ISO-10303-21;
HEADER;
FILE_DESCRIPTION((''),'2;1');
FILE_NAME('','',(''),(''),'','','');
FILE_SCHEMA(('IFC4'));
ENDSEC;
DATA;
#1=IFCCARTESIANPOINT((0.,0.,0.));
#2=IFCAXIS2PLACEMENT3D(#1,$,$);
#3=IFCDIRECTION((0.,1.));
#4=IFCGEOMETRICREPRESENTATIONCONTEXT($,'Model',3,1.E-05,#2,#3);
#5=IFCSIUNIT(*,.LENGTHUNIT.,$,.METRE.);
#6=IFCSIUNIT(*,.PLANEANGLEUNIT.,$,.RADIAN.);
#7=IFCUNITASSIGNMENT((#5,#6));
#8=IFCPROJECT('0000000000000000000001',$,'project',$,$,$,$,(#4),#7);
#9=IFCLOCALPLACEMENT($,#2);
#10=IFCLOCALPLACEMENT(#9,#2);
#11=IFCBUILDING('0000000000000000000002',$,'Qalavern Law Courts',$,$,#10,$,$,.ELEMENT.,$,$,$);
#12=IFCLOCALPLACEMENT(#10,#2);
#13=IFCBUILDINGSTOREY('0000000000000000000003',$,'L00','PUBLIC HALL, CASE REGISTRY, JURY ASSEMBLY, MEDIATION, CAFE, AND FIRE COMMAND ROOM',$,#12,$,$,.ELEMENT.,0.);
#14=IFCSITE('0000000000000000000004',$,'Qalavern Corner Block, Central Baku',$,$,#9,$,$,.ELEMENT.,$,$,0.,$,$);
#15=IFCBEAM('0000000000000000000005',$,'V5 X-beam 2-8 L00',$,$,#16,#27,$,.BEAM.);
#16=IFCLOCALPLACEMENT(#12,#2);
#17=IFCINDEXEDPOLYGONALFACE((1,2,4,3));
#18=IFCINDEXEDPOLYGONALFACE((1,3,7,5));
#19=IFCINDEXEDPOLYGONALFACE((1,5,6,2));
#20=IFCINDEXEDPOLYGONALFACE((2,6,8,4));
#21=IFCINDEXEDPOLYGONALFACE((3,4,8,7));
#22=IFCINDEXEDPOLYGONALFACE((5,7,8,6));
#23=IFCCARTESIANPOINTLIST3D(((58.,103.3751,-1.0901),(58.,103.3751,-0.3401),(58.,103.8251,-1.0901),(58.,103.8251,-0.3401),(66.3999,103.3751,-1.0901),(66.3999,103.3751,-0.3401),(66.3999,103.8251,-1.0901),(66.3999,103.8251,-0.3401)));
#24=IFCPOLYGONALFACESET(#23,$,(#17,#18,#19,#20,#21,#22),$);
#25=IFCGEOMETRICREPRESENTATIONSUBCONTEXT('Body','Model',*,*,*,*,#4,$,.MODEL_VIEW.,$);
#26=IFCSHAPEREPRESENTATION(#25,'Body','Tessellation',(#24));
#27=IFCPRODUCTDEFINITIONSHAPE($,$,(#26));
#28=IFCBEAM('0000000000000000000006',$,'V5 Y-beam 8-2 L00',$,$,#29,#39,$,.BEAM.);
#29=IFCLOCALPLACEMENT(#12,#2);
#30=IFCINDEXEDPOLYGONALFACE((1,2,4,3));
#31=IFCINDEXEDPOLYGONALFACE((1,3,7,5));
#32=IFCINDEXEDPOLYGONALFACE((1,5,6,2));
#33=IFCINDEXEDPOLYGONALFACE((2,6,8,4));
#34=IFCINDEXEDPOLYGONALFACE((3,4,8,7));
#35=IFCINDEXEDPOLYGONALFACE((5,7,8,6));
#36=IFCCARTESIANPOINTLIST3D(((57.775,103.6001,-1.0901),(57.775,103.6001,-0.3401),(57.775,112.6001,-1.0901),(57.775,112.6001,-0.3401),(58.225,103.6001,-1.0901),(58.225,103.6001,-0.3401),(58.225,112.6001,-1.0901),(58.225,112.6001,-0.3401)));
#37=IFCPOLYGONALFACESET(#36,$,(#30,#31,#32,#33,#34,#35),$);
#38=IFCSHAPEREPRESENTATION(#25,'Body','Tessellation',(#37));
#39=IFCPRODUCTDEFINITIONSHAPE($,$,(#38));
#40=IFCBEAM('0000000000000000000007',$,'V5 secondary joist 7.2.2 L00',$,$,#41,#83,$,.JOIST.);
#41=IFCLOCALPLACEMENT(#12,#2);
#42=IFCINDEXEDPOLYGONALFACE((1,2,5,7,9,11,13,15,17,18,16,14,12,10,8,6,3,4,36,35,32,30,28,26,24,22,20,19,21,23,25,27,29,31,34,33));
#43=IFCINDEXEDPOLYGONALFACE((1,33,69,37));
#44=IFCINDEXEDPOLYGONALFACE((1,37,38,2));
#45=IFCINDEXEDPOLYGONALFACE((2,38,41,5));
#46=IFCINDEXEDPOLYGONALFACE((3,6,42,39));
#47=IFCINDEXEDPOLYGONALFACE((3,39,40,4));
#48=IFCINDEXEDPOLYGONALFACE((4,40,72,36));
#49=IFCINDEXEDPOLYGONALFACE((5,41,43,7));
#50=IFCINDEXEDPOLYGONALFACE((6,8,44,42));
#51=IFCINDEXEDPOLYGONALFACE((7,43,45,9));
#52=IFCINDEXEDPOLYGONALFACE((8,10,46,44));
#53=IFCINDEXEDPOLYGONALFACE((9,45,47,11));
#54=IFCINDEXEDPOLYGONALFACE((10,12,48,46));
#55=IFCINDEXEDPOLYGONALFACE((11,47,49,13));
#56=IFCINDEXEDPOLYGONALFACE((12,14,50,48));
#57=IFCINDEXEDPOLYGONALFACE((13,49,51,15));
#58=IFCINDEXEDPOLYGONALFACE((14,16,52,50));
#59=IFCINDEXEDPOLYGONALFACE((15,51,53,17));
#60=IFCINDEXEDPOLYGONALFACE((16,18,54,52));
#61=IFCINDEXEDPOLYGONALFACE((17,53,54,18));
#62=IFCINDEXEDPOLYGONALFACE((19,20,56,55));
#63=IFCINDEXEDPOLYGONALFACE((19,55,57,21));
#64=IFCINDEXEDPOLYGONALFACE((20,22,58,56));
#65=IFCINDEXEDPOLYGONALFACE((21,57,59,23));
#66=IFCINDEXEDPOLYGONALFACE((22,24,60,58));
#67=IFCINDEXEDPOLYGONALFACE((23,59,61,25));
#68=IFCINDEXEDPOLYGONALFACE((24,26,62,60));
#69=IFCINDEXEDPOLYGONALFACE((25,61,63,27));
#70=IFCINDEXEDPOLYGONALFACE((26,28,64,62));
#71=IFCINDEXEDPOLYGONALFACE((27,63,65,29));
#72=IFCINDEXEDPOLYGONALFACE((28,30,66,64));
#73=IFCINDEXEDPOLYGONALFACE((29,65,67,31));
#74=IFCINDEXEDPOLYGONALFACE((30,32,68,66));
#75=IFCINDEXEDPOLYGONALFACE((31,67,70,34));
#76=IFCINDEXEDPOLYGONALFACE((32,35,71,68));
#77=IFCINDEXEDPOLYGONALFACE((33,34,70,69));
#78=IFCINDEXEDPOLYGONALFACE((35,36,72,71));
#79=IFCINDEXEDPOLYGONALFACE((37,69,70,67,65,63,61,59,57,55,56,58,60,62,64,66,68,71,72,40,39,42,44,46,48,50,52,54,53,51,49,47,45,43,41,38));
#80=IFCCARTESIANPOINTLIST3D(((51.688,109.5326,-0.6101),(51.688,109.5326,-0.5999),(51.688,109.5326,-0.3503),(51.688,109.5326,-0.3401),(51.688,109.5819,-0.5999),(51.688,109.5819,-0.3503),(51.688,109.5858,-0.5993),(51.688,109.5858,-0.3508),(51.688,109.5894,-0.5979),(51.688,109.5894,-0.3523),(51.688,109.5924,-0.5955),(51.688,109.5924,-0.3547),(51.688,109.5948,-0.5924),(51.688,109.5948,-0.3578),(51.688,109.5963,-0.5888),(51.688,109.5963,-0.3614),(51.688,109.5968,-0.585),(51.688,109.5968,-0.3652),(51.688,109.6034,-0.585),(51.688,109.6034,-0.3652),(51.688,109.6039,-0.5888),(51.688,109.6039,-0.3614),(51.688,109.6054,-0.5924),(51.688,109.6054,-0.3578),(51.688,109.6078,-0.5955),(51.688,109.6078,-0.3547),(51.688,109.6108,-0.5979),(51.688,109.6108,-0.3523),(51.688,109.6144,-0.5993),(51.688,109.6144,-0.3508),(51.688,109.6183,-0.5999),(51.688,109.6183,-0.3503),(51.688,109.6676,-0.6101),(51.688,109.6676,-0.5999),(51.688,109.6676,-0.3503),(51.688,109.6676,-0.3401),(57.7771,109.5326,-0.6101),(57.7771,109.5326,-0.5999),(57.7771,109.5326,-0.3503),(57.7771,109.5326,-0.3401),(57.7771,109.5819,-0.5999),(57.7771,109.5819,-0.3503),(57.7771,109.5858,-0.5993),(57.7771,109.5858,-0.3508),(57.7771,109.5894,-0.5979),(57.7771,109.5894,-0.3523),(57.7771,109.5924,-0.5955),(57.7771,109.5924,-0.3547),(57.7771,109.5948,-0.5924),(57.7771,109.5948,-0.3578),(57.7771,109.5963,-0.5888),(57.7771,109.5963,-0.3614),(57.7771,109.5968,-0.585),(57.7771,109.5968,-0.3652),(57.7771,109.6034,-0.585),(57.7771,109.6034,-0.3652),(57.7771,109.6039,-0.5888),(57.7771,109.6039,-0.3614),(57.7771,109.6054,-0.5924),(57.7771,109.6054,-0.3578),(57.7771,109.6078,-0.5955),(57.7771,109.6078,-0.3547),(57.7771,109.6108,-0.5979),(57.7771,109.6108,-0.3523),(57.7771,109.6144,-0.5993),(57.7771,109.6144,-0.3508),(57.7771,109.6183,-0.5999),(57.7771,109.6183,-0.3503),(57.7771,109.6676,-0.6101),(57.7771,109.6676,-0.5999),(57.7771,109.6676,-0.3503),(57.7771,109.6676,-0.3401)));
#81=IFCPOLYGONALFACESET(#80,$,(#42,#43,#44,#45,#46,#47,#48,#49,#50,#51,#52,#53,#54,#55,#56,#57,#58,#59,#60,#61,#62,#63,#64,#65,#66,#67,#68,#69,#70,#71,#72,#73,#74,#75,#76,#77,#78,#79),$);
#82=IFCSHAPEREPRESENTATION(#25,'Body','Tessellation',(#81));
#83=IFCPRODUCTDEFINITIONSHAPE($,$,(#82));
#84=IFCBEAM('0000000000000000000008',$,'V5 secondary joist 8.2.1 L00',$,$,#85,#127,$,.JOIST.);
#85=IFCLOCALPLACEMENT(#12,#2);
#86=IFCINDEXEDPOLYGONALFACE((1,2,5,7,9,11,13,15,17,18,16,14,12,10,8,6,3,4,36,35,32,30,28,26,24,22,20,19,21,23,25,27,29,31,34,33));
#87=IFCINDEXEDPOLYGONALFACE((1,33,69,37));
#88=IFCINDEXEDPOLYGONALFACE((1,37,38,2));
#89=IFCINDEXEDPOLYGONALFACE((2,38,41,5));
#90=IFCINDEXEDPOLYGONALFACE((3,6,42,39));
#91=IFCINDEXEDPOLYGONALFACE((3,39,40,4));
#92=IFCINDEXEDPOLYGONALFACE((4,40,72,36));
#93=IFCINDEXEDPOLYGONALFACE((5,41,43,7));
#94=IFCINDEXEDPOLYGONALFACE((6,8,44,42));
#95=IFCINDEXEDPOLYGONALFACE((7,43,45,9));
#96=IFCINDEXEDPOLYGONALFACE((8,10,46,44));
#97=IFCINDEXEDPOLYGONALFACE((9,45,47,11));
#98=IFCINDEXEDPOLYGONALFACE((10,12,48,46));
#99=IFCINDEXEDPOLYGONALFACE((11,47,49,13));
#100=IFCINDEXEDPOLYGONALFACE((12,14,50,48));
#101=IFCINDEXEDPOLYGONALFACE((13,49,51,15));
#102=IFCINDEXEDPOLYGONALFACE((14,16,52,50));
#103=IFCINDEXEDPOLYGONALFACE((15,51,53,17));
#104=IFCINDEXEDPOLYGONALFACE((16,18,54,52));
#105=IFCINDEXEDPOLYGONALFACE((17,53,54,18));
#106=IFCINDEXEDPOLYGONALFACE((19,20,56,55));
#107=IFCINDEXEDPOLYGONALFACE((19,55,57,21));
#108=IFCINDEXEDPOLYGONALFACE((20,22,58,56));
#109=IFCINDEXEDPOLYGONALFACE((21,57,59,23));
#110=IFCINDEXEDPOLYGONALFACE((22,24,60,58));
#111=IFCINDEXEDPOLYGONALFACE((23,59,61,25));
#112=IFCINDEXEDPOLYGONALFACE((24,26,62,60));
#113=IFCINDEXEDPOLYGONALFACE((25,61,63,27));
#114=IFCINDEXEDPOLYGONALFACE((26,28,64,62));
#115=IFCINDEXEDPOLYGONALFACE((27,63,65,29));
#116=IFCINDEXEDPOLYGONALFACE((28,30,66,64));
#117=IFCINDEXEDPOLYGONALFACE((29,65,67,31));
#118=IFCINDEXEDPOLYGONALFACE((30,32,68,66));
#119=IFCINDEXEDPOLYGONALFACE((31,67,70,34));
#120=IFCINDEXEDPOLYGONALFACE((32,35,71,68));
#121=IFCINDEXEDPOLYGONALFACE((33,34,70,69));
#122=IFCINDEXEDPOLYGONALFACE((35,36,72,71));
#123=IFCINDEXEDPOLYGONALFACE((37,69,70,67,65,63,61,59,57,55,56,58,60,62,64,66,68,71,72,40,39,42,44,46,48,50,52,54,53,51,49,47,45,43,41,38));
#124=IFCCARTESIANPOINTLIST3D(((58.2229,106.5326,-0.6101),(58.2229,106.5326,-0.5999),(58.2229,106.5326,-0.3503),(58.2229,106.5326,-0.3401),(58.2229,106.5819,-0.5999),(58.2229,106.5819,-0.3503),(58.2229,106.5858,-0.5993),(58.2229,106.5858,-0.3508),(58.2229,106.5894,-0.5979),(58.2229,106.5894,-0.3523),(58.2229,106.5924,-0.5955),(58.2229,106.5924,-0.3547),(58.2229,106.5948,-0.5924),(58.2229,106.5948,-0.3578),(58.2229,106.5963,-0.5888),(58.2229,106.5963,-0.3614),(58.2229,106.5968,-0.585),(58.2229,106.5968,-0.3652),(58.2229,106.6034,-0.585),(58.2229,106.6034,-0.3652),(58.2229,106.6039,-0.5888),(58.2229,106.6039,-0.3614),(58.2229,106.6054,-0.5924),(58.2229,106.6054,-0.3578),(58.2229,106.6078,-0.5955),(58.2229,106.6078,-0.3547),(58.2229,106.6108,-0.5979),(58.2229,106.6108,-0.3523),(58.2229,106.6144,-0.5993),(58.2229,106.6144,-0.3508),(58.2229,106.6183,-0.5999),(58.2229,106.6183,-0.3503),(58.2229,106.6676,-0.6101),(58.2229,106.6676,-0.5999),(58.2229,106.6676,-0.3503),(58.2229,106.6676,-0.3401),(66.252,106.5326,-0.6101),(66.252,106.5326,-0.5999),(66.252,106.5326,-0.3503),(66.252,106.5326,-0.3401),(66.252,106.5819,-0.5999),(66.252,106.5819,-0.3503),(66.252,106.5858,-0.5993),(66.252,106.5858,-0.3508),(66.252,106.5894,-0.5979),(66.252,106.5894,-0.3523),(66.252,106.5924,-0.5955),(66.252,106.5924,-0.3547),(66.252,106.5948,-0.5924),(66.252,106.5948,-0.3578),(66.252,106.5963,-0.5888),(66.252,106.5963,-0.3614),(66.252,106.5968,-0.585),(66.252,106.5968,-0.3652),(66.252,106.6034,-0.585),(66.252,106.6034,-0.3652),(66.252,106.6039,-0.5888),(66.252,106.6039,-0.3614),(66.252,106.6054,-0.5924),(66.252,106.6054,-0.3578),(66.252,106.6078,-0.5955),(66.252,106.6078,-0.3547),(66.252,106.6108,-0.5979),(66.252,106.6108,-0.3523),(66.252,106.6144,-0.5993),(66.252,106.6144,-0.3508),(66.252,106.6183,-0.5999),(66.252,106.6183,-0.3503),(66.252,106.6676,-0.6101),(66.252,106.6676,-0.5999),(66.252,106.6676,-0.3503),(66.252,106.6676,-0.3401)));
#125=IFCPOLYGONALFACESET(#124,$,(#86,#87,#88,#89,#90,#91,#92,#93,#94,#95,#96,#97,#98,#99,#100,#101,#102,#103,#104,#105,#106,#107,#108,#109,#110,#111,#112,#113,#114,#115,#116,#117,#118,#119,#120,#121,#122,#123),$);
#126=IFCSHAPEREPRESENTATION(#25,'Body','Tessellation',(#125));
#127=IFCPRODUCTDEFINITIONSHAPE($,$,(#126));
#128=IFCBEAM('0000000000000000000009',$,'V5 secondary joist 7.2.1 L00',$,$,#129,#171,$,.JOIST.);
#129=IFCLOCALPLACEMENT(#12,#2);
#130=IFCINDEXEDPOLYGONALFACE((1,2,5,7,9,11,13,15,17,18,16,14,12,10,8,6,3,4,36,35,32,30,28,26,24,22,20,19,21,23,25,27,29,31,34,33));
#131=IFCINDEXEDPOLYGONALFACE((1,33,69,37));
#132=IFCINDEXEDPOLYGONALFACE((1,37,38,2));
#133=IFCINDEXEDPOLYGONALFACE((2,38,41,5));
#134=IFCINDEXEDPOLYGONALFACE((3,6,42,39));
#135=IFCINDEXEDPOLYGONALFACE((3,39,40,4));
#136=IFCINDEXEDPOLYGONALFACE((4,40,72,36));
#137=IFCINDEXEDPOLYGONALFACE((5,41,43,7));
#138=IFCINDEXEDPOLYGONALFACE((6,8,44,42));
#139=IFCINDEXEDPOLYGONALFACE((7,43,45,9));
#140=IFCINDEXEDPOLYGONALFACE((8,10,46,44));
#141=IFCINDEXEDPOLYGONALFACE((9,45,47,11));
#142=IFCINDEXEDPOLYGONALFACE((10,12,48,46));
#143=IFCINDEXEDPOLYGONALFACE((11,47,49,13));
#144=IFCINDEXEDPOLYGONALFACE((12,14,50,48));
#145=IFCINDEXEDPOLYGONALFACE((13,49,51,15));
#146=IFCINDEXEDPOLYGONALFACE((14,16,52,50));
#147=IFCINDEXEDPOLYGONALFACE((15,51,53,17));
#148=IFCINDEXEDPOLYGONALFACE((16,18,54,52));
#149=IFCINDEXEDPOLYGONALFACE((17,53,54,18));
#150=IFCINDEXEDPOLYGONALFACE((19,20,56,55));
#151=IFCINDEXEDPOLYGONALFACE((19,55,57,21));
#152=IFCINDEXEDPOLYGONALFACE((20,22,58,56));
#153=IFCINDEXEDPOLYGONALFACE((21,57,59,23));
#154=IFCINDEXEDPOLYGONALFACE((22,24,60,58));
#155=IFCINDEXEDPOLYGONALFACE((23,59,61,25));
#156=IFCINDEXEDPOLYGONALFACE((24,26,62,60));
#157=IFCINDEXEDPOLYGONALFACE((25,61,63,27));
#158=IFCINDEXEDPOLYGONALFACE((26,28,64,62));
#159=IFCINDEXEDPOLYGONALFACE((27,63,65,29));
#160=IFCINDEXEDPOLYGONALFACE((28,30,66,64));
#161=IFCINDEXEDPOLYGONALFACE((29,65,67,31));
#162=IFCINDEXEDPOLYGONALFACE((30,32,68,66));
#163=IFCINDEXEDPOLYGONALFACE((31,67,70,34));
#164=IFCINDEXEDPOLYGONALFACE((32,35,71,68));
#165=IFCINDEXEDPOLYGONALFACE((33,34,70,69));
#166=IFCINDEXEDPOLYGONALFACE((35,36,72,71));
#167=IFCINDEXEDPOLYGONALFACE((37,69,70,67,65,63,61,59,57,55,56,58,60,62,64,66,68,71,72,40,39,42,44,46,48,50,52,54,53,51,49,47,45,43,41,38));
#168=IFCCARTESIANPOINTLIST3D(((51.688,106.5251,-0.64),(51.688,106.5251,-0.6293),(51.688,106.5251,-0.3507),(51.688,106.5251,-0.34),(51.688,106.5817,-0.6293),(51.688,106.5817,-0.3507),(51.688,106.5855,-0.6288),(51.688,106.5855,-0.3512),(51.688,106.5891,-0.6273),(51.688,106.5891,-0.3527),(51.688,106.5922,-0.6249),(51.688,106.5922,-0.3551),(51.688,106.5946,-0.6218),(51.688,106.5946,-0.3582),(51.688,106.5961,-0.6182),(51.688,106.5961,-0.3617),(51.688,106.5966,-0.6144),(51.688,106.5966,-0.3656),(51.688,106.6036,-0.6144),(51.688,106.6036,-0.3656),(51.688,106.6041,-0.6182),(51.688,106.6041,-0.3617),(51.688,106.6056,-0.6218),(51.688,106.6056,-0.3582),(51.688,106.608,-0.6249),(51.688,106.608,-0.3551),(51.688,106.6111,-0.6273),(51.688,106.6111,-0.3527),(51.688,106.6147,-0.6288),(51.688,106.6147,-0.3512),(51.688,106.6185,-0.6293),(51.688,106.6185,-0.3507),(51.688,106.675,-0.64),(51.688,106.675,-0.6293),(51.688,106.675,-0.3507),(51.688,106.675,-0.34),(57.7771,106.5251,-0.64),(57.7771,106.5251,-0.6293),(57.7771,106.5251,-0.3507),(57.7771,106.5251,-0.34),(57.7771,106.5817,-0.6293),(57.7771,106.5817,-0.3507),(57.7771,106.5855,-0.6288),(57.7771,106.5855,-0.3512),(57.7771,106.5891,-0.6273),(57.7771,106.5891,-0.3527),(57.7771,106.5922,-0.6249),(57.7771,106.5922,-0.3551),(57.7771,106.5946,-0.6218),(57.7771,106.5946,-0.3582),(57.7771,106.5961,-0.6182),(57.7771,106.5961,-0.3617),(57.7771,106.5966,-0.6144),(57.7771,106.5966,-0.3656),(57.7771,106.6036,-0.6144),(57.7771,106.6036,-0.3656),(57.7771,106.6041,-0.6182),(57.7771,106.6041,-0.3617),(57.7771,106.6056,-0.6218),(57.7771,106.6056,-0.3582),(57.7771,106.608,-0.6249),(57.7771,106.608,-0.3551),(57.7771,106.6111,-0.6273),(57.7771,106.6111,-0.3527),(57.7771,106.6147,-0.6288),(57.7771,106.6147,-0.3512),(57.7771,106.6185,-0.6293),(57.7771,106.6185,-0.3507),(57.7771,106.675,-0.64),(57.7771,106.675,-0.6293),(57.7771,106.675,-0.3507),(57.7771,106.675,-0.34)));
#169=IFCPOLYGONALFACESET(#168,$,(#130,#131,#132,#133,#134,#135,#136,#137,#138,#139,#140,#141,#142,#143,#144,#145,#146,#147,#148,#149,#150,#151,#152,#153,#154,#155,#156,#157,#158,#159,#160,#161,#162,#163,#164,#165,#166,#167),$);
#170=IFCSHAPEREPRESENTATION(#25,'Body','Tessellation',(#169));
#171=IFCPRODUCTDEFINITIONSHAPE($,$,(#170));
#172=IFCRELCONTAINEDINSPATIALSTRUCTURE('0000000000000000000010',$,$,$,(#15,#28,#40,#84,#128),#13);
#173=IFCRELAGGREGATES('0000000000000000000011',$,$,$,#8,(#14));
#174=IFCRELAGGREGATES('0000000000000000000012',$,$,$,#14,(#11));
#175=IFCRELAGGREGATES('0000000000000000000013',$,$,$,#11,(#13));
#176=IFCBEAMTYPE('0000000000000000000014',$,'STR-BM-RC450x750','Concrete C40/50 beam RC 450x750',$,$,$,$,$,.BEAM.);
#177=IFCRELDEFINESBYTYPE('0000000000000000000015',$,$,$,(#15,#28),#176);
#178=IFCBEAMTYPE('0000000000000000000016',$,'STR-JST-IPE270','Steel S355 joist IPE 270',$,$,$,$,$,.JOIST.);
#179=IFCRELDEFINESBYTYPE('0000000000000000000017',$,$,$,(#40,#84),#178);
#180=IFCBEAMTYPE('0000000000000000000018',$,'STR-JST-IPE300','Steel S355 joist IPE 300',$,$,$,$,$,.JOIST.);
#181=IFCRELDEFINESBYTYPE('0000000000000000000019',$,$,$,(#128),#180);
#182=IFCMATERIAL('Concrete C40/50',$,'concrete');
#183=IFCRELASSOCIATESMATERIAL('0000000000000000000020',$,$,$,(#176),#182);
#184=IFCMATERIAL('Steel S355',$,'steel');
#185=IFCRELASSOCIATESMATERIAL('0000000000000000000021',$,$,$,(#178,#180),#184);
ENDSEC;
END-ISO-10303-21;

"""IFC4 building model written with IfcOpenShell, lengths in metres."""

from ifc_helpers import new_model, si_unit, direction, frame, origin, origin_2d, place, context, subcontext, project, spatial, rectangle, i_section, extrude, material, material_profile, profile_set, type_object, element, save


model = new_model("IFC4")

# Units and contexts
model_context = context("Model", 3, precision=1e-05, world=origin(), true_north=direction((0.0, 1.0)))
body_context = subcontext(model_context, "Body", "Model", "MODEL_VIEW")
ifc_project = project(units=[si_unit("LENGTHUNIT", "METRE"), si_unit("PLANEANGLEUNIT", "RADIAN")], contexts=[model_context])

# Site, building, storey
site_placement = place(None, origin())
site = spatial("IfcSite", under=ifc_project, at=site_placement, Name="Qalavern Corner Block, Central Baku", CompositionType="ELEMENT", RefElevation=0.0)
building_placement = place(site_placement, origin())
building = spatial("IfcBuilding", under=site, at=building_placement, Name="Qalavern Law Courts", CompositionType="ELEMENT")
storey_placement = place(building_placement, origin())
storey = spatial("IfcBuildingStorey", under=building, at=storey_placement, Name="L00", Description="PUBLIC HALL, CASE REGISTRY, JURY ASSEMBLY, MEDIATION, CAFE, AND FIRE COMMAND ROOM", CompositionType="ELEMENT", Elevation=0.0)

# Beams
ifc_material_1 = material(Name="Steel S355", Category="steel")
ifc_material_2 = material(Name="Concrete C40/50", Category="concrete")
ifc_material_profile_1 = material_profile(ifc_material_2, rectangle(XDim=0.45, YDim=0.75, at=origin_2d()), Name="RC 450x750")
ifc_profile_set_1 = profile_set([ifc_material_profile_1], Name="Concrete C40/50")
beam_type_1 = type_object("IfcBeamType", Name="STR-BM-RC450x750", Description="Concrete C40/50 beam RC 450x750", PredefinedType="BEAM", material=ifc_profile_set_1)
beam_1_placement = place(storey_placement, frame((58.0, 103.6001, -0.7151), z_axis=(1.0, 0.0, 0.0), x_axis=(0.0, 1.0, 0.0)))
element("IfcBeam", 1, at=beam_1_placement, inside=storey, type_object=beam_type_1, Name="V5 X-beam 2-8 L00", PredefinedType="BEAM", context=body_context, shape_type="SweptSolid", body=[
    extrude(rectangle(XDim=0.45, YDim=0.75, at=origin_2d()), origin(), (0.0, 0.0, 1.0), 8.3999),
])
beam_2_placement = place(storey_placement, frame((58.0, 103.6001, -0.7151), z_axis=(0.0, 1.0, 0.0), x_axis=(-1.0, 0.0, 0.0)))
element("IfcBeam", 2, at=beam_2_placement, inside=storey, type_object=beam_type_1, Name="V5 Y-beam 8-2 L00", PredefinedType="BEAM", context=body_context, shape_type="SweptSolid", body=[
    extrude(rectangle(XDim=0.45, YDim=0.75, at=origin_2d()), origin(), (0.0, 0.0, 1.0), 9.0),
])
ifc_material_profile_2 = material_profile(ifc_material_1, i_section(OverallWidth=0.135, OverallDepth=0.27, WebThickness=0.0066, FlangeThickness=0.0103, FilletRadius=0.0149, at=origin_2d()), Name="IPE 270")
ifc_profile_set_2 = profile_set([ifc_material_profile_2], Name="Steel S355")
beam_type_2 = type_object("IfcBeamType", Name="STR-JST-IPE270", Description="Steel S355 joist IPE 270", PredefinedType="JOIST", material=ifc_profile_set_2)
beam_3_placement = place(storey_placement, frame((51.688, 109.6001, -0.4751), z_axis=(1.0, 0.0, 0.0), x_axis=(0.0, 1.0, 0.0)))
element("IfcBeam", 3, at=beam_3_placement, inside=storey, type_object=beam_type_2, Name="V5 secondary joist 7.2.2 L00", PredefinedType="JOIST", context=body_context, shape_type="SweptSolid", body=[
    extrude(i_section(OverallWidth=0.135, OverallDepth=0.27, WebThickness=0.0066, FlangeThickness=0.0103, FilletRadius=0.0149, at=origin_2d()), origin(), (0.0, 0.0, 1.0), 6.0891),
])
beam_4_placement = place(storey_placement, frame((58.2229, 106.6001, -0.4751), z_axis=(1.0, 0.0, 0.0), x_axis=(0.0, 1.0, 0.0)))
element("IfcBeam", 4, at=beam_4_placement, inside=storey, type_object=beam_type_2, Name="V5 secondary joist 8.2.1 L00", PredefinedType="JOIST", context=body_context, shape_type="SweptSolid", body=[
    extrude(i_section(OverallWidth=0.135, OverallDepth=0.27, WebThickness=0.0066, FlangeThickness=0.0103, FilletRadius=0.0149, at=origin_2d()), origin(), (0.0, 0.0, 1.0), 8.0291),
])
ifc_material_profile_3 = material_profile(ifc_material_1, i_section(OverallWidth=0.1499, OverallDepth=0.3, WebThickness=0.0071, FlangeThickness=0.0107, FilletRadius=0.0149, at=origin_2d()), Name="IPE 300")
ifc_profile_set_3 = profile_set([ifc_material_profile_3], Name="Steel S355")
beam_type_3 = type_object("IfcBeamType", Name="STR-JST-IPE300", Description="Steel S355 joist IPE 300", PredefinedType="JOIST", material=ifc_profile_set_3)
beam_5_placement = place(storey_placement, frame((51.688, 106.6001, -0.49), z_axis=(1.0, 0.0, 0.0), x_axis=(0.0, 1.0, 0.0)))
element("IfcBeam", 5, at=beam_5_placement, inside=storey, type_object=beam_type_3, Name="V5 secondary joist 7.2.1 L00", PredefinedType="JOIST", context=body_context, shape_type="SweptSolid", body=[
    extrude(i_section(OverallWidth=0.1499, OverallDepth=0.3, WebThickness=0.0071, FlangeThickness=0.0107, FilletRadius=0.0149, at=origin_2d()), origin(), (0.0, 0.0, 1.0), 6.0891),
])

save(model, "model.ifc")
